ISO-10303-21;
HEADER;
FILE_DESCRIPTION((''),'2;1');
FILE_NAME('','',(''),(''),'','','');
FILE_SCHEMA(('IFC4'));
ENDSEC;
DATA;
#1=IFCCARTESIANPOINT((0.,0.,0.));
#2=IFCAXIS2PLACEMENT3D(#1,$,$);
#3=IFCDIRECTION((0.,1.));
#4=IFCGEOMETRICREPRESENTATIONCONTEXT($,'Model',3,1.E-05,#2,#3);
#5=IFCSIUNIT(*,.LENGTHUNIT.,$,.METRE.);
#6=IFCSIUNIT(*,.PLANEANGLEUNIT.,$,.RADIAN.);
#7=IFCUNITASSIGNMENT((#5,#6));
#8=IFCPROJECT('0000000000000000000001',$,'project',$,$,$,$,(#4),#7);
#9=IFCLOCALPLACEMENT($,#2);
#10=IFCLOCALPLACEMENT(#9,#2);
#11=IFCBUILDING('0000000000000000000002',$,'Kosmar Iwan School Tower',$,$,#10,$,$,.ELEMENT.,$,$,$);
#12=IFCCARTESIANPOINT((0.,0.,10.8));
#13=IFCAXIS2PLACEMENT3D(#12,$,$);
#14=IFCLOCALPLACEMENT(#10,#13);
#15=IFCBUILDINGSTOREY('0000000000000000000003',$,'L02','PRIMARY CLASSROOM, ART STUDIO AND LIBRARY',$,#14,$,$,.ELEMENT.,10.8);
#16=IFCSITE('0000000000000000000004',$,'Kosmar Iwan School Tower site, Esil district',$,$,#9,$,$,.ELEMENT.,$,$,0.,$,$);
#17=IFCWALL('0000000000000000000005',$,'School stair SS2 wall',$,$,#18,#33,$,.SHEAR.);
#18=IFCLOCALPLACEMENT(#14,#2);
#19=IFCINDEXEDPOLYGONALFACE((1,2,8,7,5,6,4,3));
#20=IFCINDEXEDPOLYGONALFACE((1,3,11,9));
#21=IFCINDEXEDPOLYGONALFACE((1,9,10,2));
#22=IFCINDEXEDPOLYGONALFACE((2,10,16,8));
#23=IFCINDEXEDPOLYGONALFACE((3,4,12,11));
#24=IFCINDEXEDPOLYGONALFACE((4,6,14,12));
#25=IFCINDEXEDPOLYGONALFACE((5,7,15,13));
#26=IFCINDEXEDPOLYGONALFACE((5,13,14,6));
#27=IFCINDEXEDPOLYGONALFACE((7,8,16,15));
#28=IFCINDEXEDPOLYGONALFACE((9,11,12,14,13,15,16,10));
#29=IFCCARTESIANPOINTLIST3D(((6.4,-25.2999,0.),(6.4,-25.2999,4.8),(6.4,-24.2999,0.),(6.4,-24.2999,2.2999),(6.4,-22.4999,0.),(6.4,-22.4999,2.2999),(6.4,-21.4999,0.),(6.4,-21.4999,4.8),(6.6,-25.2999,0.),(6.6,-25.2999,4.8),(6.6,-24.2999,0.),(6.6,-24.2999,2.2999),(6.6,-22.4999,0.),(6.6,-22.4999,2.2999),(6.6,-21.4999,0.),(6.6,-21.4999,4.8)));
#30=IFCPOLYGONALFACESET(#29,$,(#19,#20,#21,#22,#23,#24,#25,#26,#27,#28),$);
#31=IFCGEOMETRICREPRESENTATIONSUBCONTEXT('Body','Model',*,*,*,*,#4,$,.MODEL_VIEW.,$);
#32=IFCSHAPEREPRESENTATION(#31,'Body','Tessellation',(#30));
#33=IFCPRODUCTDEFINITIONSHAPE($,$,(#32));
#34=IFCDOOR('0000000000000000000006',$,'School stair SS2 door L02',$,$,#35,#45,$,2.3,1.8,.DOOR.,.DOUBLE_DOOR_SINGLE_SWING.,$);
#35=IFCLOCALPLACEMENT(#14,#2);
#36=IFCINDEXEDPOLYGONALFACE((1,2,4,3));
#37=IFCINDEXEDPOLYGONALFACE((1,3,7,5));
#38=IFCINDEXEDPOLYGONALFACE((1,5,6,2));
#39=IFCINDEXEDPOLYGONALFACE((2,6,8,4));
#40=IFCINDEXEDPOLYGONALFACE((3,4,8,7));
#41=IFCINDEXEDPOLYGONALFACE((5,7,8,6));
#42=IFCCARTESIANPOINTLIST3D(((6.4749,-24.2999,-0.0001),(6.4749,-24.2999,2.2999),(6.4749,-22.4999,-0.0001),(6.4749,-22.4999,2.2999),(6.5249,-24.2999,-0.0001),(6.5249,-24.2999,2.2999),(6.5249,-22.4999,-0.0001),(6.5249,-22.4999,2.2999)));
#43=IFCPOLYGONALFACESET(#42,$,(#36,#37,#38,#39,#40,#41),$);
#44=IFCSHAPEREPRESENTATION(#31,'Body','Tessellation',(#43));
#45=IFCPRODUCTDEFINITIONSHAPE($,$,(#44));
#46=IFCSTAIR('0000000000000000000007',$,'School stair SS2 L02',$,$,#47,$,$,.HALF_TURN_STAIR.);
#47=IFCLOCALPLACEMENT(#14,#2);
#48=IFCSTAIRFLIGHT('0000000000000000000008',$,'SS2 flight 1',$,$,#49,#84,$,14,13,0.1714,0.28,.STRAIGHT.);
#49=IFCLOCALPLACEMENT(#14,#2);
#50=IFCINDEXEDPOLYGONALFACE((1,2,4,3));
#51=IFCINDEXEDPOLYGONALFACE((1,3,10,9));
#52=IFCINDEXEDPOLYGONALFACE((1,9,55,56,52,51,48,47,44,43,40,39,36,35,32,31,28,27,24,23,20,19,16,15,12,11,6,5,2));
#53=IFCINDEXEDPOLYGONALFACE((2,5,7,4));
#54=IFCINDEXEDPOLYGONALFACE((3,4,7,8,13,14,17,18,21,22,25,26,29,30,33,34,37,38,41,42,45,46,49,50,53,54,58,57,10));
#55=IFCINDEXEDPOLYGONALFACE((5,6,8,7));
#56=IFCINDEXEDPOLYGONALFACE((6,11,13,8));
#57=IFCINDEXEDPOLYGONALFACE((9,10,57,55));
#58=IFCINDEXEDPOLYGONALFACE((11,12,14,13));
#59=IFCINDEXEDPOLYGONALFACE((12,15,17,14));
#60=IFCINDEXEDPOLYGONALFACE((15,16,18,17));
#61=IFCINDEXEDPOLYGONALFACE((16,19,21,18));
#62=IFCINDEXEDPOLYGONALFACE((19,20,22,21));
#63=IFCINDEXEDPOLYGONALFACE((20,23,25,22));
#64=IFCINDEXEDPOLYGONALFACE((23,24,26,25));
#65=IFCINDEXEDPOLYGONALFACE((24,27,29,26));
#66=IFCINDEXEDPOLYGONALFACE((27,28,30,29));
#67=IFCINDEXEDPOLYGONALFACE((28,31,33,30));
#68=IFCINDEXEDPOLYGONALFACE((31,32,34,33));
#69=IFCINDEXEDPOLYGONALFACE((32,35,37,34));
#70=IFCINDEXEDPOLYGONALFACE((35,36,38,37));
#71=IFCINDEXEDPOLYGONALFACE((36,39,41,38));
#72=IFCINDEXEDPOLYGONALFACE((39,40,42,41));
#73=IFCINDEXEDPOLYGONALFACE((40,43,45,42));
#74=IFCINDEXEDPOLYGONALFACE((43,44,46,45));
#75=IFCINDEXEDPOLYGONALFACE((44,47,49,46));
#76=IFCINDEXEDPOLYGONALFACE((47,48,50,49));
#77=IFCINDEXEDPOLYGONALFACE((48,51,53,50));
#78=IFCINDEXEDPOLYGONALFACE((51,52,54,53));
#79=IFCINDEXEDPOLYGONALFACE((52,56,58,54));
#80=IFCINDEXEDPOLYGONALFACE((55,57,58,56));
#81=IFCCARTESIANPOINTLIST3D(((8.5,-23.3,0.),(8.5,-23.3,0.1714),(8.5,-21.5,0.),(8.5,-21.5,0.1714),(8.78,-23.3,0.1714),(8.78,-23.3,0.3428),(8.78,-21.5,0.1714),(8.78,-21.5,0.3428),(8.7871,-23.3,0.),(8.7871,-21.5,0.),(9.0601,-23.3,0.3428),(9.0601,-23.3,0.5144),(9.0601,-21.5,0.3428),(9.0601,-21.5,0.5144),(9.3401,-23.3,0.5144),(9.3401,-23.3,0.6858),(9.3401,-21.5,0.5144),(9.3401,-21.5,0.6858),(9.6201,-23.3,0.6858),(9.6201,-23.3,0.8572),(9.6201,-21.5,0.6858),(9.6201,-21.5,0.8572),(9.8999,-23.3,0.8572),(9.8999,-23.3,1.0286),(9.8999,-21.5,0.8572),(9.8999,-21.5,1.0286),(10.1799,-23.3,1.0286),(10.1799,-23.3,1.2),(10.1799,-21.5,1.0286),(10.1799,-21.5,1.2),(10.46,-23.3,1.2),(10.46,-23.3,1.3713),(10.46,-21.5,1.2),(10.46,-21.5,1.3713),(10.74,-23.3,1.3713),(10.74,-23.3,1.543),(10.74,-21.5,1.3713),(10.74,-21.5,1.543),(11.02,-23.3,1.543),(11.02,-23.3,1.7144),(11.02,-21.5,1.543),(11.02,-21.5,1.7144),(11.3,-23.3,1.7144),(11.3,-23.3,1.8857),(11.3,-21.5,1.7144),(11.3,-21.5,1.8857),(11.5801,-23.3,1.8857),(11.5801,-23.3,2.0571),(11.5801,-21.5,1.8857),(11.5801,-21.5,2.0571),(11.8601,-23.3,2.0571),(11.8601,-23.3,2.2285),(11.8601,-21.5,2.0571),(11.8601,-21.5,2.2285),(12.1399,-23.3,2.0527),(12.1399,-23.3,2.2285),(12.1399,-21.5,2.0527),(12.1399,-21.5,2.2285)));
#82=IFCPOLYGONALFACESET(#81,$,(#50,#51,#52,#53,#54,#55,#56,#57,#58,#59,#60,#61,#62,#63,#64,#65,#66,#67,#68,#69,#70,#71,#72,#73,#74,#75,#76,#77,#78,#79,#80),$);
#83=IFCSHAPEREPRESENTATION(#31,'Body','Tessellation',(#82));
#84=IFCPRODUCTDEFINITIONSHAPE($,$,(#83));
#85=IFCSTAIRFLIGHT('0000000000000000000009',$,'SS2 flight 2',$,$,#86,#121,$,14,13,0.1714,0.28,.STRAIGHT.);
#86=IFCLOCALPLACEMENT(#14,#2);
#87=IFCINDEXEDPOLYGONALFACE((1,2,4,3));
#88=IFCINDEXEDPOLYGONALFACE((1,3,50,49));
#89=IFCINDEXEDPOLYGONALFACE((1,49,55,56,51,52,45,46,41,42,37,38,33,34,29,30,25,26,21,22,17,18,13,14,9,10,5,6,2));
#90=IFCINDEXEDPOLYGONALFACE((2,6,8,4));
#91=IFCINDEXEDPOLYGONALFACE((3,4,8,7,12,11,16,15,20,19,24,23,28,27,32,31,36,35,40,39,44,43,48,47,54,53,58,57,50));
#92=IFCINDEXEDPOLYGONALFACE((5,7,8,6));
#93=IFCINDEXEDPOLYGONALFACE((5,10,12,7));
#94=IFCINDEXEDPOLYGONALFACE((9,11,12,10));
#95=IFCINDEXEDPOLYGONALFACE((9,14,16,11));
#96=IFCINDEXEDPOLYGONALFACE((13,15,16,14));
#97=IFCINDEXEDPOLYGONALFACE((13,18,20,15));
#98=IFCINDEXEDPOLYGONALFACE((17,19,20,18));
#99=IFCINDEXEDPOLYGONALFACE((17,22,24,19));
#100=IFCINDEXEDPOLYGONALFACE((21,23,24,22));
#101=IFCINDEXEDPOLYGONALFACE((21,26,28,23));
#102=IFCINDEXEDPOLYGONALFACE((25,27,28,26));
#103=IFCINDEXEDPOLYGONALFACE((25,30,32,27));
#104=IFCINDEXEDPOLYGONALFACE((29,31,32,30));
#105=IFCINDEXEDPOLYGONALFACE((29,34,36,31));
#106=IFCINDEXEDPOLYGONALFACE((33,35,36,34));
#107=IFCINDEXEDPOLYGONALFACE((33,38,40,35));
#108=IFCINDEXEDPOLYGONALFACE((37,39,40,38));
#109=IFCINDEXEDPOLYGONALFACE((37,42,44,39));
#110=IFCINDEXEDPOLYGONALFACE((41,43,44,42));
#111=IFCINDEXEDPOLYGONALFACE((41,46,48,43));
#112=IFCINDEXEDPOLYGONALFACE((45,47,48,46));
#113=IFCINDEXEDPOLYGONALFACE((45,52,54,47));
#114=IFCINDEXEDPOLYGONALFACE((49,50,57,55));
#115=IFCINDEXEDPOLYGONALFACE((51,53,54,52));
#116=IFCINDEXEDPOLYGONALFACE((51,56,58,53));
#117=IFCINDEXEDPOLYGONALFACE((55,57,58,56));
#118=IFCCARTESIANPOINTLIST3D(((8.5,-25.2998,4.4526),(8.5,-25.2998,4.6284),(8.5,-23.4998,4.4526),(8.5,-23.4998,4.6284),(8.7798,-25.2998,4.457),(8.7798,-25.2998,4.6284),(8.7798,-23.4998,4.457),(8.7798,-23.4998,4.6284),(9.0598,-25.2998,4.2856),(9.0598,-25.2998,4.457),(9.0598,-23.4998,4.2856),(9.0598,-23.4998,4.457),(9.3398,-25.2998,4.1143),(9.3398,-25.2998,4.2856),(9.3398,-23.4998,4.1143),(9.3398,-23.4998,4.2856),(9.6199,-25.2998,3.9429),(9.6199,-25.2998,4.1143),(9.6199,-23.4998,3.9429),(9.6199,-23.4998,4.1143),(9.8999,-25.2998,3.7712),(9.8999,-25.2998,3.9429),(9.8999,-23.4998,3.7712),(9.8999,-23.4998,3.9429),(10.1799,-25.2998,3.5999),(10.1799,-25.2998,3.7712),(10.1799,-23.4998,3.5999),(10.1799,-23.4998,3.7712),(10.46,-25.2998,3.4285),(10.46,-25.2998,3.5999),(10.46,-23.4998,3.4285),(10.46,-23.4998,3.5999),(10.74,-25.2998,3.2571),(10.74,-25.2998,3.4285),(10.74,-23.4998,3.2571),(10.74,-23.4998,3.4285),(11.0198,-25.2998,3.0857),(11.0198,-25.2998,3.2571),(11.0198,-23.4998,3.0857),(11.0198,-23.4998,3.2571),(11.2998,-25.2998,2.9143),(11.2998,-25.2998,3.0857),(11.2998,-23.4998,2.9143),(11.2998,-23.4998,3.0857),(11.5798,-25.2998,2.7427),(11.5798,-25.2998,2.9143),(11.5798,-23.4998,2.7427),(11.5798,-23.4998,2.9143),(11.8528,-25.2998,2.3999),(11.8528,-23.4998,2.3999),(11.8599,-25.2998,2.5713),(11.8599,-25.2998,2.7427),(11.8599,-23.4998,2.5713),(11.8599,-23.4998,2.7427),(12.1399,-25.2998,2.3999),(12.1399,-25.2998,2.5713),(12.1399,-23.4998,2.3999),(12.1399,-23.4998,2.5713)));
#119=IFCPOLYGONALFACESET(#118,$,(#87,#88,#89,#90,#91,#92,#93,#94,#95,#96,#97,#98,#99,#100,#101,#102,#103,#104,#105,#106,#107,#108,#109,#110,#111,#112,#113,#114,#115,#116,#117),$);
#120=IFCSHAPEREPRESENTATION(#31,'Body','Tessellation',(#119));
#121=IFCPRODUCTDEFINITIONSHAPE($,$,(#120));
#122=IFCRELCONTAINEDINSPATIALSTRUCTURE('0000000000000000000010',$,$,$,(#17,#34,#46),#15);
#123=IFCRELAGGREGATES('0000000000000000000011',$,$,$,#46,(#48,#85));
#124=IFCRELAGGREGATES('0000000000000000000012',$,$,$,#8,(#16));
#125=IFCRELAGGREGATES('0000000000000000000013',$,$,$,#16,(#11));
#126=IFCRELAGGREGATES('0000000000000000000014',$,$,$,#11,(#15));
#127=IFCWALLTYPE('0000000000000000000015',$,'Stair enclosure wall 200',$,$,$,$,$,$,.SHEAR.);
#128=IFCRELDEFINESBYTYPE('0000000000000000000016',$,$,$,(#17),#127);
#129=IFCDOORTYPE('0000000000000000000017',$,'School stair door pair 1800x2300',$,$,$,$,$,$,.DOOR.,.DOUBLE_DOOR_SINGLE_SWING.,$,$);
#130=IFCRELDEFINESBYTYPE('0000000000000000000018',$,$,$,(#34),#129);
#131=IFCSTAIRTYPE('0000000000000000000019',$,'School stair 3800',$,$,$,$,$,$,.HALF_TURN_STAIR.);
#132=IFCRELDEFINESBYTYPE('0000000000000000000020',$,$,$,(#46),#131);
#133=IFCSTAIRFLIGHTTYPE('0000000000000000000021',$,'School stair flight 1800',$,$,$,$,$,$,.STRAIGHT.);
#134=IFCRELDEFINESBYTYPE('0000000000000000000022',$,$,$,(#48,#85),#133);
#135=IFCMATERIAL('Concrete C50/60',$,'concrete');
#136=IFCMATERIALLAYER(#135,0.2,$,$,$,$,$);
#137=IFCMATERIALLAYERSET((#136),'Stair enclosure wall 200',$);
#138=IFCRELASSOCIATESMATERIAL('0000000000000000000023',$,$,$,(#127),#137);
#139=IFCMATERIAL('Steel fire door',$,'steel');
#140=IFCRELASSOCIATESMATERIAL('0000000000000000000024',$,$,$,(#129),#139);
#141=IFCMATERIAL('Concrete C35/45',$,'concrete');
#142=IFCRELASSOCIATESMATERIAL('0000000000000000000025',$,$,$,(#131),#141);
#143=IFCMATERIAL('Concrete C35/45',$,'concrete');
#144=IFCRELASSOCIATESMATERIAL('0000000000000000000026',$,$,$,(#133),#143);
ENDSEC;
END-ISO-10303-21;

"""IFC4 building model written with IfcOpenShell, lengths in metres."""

from ifc_helpers import new_model, si_unit, direction, frame, frame_2d, origin, place, context, subcontext, project, spatial, polyline, rectangle, outline, extrude, material, layer, layer_set, type_object, element, fill, aggregate, save


model = new_model("IFC4")

# Units and contexts
model_context = context("Model", 3, precision=1e-05, world=origin(), true_north=direction((0.0, 1.0)))
body_context = subcontext(model_context, "Body", "Model", "MODEL_VIEW")
ifc_project = project(units=[si_unit("LENGTHUNIT", "METRE"), si_unit("PLANEANGLEUNIT", "RADIAN")], contexts=[model_context])

# Site, building, storey
site_placement = place(None, origin())
site = spatial("IfcSite", under=ifc_project, at=site_placement, Name="Kosmar Iwan School Tower site, Esil district", CompositionType="ELEMENT", RefElevation=0.0)
building_placement = place(site_placement, origin())
building = spatial("IfcBuilding", under=site, at=building_placement, Name="Kosmar Iwan School Tower", CompositionType="ELEMENT")
storey_placement = place(building_placement, frame((0.0, 0.0, 10.8)))
storey = spatial("IfcBuildingStorey", under=building, at=storey_placement, Name="L02", Description="PRIMARY CLASSROOM, ART STUDIO AND LIBRARY", CompositionType="ELEMENT", Elevation=10.8)

# Shared definitions
ifc_material_1 = material(Name="Concrete C50/60", Category="concrete")
ifc_layer_1 = layer(ifc_material_1, 0.2)
ifc_layer_set_1 = layer_set([ifc_layer_1], Name="Stair enclosure wall 200")
wall_type_1 = type_object("IfcWallType", Name="Stair enclosure wall 200", PredefinedType="SHEAR", material=ifc_layer_set_1)

# Wall, opening, door
wall_1_placement = place(storey_placement, frame((6.5, -21.5, 0.0), z_axis=(0.0, 0.0, 1.0), x_axis=(0.0, -1.0, 0.0)))
wall_1 = element("IfcWall", 1, at=wall_1_placement, inside=storey, type_object=wall_type_1, Name="School stair SS2 wall", PredefinedType="SHEAR", context=body_context, shape_type="SweptSolid", body=[
    extrude(rectangle(XDim=3.8, YDim=0.2, at=frame_2d((1.8999, 0.0))), origin(), (0.0, 0.0, 1.0), 4.8),
])
opening_1_placement = place(wall_1_placement, frame((1.0, 0.0, 0.0)))
opening_1 = element("IfcOpeningElement", 2, at=opening_1_placement, cuts=wall_1, PredefinedType="OPENING", context=body_context, shape_type="SweptSolid", body=[
    extrude(rectangle(XDim=1.8, YDim=2.3, at=frame_2d((0.8999, 1.1499))), frame((0.0, 0.1121, 0.0), z_axis=(0.0, -1.0, 0.0), x_axis=(1.0, 0.0, 0.0)), (0.0, 0.0, 1.0), 0.2239),
])
ifc_material_2 = material(Name="Steel fire door", Category="steel")
door_type_1 = type_object("IfcDoorType", Name="School stair door pair 1800x2300", OperationType="DOUBLE_DOOR_SINGLE_SWING", PredefinedType="DOOR", material=ifc_material_2)
door_1_placement = place(opening_1_placement, origin())
door_1 = element("IfcDoor", 3, at=door_1_placement, inside=storey, type_object=door_type_1, Name="School stair SS2 door L02", OperationType="DOUBLE_DOOR_SINGLE_SWING", OverallHeight=2.3, OverallWidth=1.8, PredefinedType="DOOR", context=body_context, shape_type="SweptSolid", body=[
    extrude(rectangle(XDim=1.8, YDim=2.3, at=frame_2d((0.8999, 1.1499))), frame((0.0, 0.0249, 0.0), z_axis=(0.0, -1.0, 0.0), x_axis=(1.0, 0.0, 0.0)), (0.0, 0.0, 1.0), 0.05),
])
fill(opening_1, door_1)

# Stair, stair flights
ifc_material_3 = material(Name="Concrete C35/45", Category="concrete")
stair_type = type_object("IfcStairType", Name="School stair 3800", PredefinedType="HALF_TURN_STAIR", material=ifc_material_3)
stair_placement = place(storey_placement, origin())
stair = element("IfcStair", 4, at=stair_placement, inside=storey, type_object=stair_type, Name="School stair SS2 L02", PredefinedType="HALF_TURN_STAIR")
ifc_material_4 = material(Name="Concrete C35/45", Category="concrete")
stair_flight_type = type_object("IfcStairFlightType", Name="School stair flight 1800", PredefinedType="STRAIGHT", material=ifc_material_4)
stair_flight_1_placement = place(storey_placement, frame((8.5, -22.3999, 0.0), z_axis=(0.0, 0.0, 1.0), x_axis=(1.0, 0.0, 0.0)))
stair_flight_1 = element("IfcStairFlight", 5, at=stair_flight_1_placement, type_object=stair_flight_type, Name="SS2 flight 1", NumberOfRisers=14, NumberOfTreads=13, PredefinedType="STRAIGHT", RiserHeight=0.1714, TreadLength=0.28, context=body_context, shape_type="SweptSolid", body=[
    extrude(outline(polyline([(0.0, 0.0), (0.0, 0.1714), (0.28, 0.1714), (0.28, 0.3428), (0.5601, 0.3428), (0.5601, 0.5144), (0.8401, 0.5144), (0.8401, 0.6858), (1.1201, 0.6858), (1.1201, 0.8572), (1.3999, 0.8572), (1.3999, 1.0286), (1.6799, 1.0286), (1.6799, 1.2), (1.96, 1.2), (1.96, 1.3713), (2.24, 1.3713), (2.24, 1.543), (2.52, 1.543), (2.52, 1.7144), (2.8, 1.7144), (2.8, 1.8857), (3.0801, 1.8857), (3.0801, 2.0571), (3.3601, 2.0571), (3.3601, 2.2285), (3.6399, 2.2285), (3.6399, 2.3999), (3.6399, 2.0527), (0.2871, 0.0), (0.0, 0.0)])), frame((0.0, 0.8999, 0.0), z_axis=(0.0, -1.0, 0.0), x_axis=(1.0, 0.0, 0.0)), (0.0, 0.0, 1.0), 1.8),
])
stair_flight_2_placement = place(storey_placement, frame((12.1399, -24.3999, 2.3999), z_axis=(0.0, 0.0, 1.0), x_axis=(-1.0, 0.0, 0.0)))
stair_flight_2 = element("IfcStairFlight", 6, at=stair_flight_2_placement, type_object=stair_flight_type, Name="SS2 flight 2", NumberOfRisers=14, NumberOfTreads=13, PredefinedType="STRAIGHT", RiserHeight=0.1714, TreadLength=0.28, context=body_context, shape_type="SweptSolid", body=[
    extrude(outline(polyline([(0.0, 0.0), (0.0, 0.1714), (0.28, 0.1714), (0.28, 0.3428), (0.5601, 0.3428), (0.5601, 0.5144), (0.8401, 0.5144), (0.8401, 0.6858), (1.1201, 0.6858), (1.1201, 0.8572), (1.3999, 0.8572), (1.3999, 1.0286), (1.6799, 1.0286), (1.6799, 1.2), (1.96, 1.2), (1.96, 1.3713), (2.24, 1.3713), (2.24, 1.543), (2.52, 1.543), (2.52, 1.7144), (2.8, 1.7144), (2.8, 1.8857), (3.0801, 1.8857), (3.0801, 2.0571), (3.3601, 2.0571), (3.3601, 2.2285), (3.6399, 2.2285), (3.6399, 2.3999), (3.6399, 2.0527), (0.2871, 0.0), (0.0, 0.0)])), frame((0.0, 0.8999, 0.0), z_axis=(0.0, -1.0, 0.0), x_axis=(1.0, 0.0, 0.0)), (0.0, 0.0, 1.0), 1.8),
])
aggregate(stair, [stair_flight_1, stair_flight_2])

save(model, "model.ifc")
